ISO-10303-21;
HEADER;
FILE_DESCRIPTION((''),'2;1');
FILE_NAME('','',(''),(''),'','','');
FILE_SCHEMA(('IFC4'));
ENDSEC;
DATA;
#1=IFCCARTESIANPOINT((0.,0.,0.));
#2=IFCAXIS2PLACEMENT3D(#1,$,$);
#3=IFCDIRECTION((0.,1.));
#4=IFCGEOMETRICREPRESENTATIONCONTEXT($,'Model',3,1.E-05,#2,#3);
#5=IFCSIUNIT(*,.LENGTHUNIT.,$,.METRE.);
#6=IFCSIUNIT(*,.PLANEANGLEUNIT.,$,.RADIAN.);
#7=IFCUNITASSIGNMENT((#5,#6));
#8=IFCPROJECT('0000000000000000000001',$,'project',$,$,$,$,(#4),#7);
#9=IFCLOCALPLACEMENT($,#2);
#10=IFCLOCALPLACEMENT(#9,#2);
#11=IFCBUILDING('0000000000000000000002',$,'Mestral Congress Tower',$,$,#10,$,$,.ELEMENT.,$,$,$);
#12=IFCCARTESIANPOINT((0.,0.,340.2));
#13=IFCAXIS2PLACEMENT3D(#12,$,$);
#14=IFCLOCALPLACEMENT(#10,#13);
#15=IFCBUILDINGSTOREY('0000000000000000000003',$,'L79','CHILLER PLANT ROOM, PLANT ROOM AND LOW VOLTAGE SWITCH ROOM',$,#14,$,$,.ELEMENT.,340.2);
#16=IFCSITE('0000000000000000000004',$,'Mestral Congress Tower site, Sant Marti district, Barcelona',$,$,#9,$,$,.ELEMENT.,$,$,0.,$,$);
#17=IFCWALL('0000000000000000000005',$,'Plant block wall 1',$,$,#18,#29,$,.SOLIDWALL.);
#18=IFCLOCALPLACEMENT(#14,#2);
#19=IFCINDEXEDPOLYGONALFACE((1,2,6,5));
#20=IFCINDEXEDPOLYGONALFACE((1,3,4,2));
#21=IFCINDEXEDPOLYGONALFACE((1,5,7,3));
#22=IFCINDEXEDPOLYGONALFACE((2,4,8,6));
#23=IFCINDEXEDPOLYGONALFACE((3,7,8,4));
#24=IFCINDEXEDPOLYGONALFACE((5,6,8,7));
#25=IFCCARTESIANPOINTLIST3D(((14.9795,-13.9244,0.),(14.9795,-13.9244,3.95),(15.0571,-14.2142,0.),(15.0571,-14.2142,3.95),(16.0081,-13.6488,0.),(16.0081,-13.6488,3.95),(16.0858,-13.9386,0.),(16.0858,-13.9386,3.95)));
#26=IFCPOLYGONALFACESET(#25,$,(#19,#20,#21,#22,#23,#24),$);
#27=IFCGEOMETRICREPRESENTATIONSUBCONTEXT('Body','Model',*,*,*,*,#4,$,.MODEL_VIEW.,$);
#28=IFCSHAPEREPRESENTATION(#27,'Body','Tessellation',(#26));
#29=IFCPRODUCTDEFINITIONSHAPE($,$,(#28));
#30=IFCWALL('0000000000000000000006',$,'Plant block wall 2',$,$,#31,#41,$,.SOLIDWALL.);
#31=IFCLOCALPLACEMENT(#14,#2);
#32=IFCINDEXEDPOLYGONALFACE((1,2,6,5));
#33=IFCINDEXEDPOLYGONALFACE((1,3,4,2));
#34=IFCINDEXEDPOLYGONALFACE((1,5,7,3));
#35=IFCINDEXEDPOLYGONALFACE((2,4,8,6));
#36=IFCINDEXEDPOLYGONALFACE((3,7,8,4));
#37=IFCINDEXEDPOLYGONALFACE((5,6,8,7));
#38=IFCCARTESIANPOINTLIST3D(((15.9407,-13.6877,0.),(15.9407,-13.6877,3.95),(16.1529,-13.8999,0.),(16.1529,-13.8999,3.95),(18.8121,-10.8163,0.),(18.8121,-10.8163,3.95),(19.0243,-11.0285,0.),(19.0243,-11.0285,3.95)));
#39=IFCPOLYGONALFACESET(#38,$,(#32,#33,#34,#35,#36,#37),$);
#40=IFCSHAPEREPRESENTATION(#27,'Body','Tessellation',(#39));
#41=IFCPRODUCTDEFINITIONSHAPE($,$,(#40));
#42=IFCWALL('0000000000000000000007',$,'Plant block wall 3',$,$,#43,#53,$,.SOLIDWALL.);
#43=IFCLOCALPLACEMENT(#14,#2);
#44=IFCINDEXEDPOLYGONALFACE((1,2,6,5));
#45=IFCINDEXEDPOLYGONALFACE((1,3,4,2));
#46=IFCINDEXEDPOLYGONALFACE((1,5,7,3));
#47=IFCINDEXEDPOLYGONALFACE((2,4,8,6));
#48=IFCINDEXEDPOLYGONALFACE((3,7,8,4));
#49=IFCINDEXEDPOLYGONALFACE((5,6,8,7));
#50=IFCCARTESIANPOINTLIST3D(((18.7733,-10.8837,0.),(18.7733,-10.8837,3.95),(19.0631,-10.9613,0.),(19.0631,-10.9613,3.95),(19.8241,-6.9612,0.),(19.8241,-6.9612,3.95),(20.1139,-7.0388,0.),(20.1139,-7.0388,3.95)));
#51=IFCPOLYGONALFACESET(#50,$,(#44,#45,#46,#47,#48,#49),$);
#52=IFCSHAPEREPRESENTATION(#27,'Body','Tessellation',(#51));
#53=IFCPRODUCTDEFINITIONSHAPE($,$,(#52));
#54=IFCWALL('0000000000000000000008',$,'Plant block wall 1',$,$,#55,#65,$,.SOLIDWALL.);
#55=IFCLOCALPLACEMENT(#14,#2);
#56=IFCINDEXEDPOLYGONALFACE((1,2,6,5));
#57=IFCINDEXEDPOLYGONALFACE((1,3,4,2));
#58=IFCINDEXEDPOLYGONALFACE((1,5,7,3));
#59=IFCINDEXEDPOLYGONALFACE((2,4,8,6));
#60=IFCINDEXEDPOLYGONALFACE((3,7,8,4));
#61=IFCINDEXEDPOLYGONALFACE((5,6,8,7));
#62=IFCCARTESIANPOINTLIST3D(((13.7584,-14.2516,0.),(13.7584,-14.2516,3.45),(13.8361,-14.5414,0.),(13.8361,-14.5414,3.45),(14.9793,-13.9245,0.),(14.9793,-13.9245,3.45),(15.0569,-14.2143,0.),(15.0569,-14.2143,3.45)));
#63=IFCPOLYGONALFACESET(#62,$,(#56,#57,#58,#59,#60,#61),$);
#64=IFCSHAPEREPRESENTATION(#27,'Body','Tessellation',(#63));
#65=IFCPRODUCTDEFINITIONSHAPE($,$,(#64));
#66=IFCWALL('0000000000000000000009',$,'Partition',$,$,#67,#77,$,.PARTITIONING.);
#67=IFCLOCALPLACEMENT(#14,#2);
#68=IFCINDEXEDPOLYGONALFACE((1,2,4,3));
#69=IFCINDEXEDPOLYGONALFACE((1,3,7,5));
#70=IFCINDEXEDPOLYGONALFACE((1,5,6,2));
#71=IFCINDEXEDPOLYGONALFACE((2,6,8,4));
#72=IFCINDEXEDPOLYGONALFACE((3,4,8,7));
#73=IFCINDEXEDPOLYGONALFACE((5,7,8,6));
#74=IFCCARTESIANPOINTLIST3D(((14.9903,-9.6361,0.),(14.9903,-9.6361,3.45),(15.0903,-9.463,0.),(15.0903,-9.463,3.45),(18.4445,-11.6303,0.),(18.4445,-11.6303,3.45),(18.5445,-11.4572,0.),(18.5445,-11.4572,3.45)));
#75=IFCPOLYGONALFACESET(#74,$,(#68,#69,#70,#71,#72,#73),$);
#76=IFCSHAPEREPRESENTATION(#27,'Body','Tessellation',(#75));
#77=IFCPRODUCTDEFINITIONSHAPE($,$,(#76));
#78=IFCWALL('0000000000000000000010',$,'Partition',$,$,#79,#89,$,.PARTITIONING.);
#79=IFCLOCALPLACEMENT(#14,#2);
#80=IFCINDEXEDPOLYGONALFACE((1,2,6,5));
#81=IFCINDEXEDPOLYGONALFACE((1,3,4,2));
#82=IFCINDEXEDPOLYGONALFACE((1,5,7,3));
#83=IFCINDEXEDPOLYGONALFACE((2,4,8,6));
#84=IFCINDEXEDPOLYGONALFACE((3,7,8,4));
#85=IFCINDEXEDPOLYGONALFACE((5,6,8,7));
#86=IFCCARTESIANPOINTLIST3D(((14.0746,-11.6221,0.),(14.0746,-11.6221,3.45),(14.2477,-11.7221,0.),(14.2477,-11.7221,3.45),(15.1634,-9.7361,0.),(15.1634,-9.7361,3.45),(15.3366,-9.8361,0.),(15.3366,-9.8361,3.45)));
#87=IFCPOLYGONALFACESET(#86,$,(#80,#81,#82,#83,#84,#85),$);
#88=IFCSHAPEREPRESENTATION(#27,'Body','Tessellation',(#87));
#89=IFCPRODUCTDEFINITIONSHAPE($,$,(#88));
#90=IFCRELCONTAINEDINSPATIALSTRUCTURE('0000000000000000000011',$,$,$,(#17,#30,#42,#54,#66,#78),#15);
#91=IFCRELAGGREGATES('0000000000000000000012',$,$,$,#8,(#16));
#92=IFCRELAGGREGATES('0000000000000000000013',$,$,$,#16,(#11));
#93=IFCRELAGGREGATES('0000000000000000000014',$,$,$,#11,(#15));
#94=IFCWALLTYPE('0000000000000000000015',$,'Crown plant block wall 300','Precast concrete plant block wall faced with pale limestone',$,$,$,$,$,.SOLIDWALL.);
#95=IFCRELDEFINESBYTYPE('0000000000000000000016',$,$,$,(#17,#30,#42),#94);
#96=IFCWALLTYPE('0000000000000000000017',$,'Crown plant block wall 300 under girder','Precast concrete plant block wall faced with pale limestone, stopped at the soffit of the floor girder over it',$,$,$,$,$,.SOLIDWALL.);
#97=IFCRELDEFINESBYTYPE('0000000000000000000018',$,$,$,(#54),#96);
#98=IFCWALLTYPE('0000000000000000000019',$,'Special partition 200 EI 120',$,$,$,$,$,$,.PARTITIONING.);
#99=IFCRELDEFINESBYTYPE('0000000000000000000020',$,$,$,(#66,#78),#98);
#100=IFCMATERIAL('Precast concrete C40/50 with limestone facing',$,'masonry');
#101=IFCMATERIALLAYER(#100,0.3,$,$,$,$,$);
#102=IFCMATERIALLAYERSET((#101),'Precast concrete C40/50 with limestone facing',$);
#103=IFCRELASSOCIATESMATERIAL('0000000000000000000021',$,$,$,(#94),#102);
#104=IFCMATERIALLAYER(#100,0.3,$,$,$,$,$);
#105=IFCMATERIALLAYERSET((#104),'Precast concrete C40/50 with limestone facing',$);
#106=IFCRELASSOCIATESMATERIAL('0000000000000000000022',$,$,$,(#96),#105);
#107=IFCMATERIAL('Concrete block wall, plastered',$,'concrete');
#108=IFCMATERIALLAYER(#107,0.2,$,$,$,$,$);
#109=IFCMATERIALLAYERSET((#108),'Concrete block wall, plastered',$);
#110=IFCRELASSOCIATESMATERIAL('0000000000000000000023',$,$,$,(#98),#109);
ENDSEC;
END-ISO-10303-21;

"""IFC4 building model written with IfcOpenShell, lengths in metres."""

from ifc_helpers import new_model, si_unit, direction, frame, frame_2d, origin, place, context, subcontext, project, spatial, rectangle, extrude, material, layer, layer_set, type_object, element, save


model = new_model("IFC4")

# Units and contexts
model_context = context("Model", 3, precision=1e-05, world=origin(), true_north=direction((0.0, 1.0)))
body_context = subcontext(model_context, "Body", "Model", "MODEL_VIEW")
ifc_project = project(units=[si_unit("LENGTHUNIT", "METRE"), si_unit("PLANEANGLEUNIT", "RADIAN")], contexts=[model_context])

# Site, building, storey
site_placement = place(None, origin())
site = spatial("IfcSite", under=ifc_project, at=site_placement, Name="Mestral Congress Tower site, Sant Marti district, Barcelona", CompositionType="ELEMENT", RefElevation=0.0)
building_placement = place(site_placement, origin())
building = spatial("IfcBuilding", under=site, at=building_placement, Name="Mestral Congress Tower", CompositionType="ELEMENT")
storey_placement = place(building_placement, frame((0.0, 0.0, 340.2)))
storey = spatial("IfcBuildingStorey", under=building, at=storey_placement, Name="L79", Description="CHILLER PLANT ROOM, PLANT ROOM AND LOW VOLTAGE SWITCH ROOM", CompositionType="ELEMENT", Elevation=340.2)

# Walls
ifc_material_1 = material(Name="Precast concrete C40/50 with limestone facing", Category="masonry")
ifc_layer_1 = layer(ifc_material_1, 0.3)
ifc_layer_set_1 = layer_set([ifc_layer_1], Name="Precast concrete C40/50 with limestone facing")
wall_type_1 = type_object("IfcWallType", Name="Crown plant block wall 300", Description="Precast concrete plant block wall faced with pale limestone", PredefinedType="SOLIDWALL", material=ifc_layer_set_1)
wall_1_placement = place(storey_placement, frame((15.0183, -14.0693, 0.0), z_axis=(0.0, 0.0, 1.0), x_axis=(0.965918, 0.258847, 0.0)))
element("IfcWall", 1, at=wall_1_placement, inside=storey, type_object=wall_type_1, Name="Plant block wall 1", PredefinedType="SOLIDWALL", context=body_context, shape_type="SweptSolid", body=[
    extrude(rectangle(XDim=1.0649, YDim=0.3, at=frame_2d((0.5325, 0.0))), origin(), (0.0, 0.0, 1.0), 3.95),
])
for number, where, z_axis, x_axis, name in (
    (2, (16.0469, -13.7937, 0.0), (0.0, 0.0, 1.0), (0.707107, 0.707107, 0.0), "Plant block wall 2"),
    (3, (18.9182, -10.9224, 0.0), (0.0, 0.0, 1.0), (0.25877, 0.965939, 0.0), "Plant block wall 3"),
):
    element("IfcWall", number, at=place(storey_placement, frame(where, z_axis=z_axis, x_axis=x_axis)), inside=storey, type_object=wall_type_1, Name=name, PredefinedType="SOLIDWALL", context=body_context, shape_type="SweptSolid", body=[
        extrude(rectangle(XDim=4.0608, YDim=0.3, at=frame_2d((2.0303, 0.0))), origin(), (0.0, 0.0, 1.0), 3.95),
    ])
ifc_layer_2 = layer(ifc_material_1, 0.3)
ifc_layer_set_2 = layer_set([ifc_layer_2], Name="Precast concrete C40/50 with limestone facing")
wall_type_2 = type_object("IfcWallType", Name="Crown plant block wall 300 under girder", Description="Precast concrete plant block wall faced with pale limestone, stopped at the soffit of the floor girder over it", PredefinedType="SOLIDWALL", material=ifc_layer_set_2)
wall_2_placement = place(storey_placement, frame((13.7974, -14.3965, 0.0), z_axis=(0.0, 0.0, 1.0), x_axis=(0.965926, 0.258817, 0.0)))
element("IfcWall", 4, at=wall_2_placement, inside=storey, type_object=wall_type_2, Name="Plant block wall 1", PredefinedType="SOLIDWALL", context=body_context, shape_type="SweptSolid", body=[
    extrude(rectangle(XDim=1.2639, YDim=0.3, at=frame_2d((0.6318, 0.0))), origin(), (0.0, 0.0, 1.0), 3.45),
])
ifc_material_2 = material(Name="Concrete block wall, plastered", Category="concrete")
ifc_layer_3 = layer(ifc_material_2, 0.2)
ifc_layer_set_3 = layer_set([ifc_layer_3], Name="Concrete block wall, plastered")
wall_type_3 = type_object("IfcWallType", Name="Special partition 200 EI 120", PredefinedType="PARTITIONING", material=ifc_layer_set_3)
wall_3_placement = place(storey_placement, frame((18.4944, -11.5437, 0.0), z_axis=(0.0, 0.0, 1.0), x_axis=(-0.866035, 0.499984, 0.0)))
element("IfcWall", 5, at=wall_3_placement, inside=storey, type_object=wall_type_3, Name="Partition", PredefinedType="PARTITIONING", context=body_context, shape_type="SweptSolid", body=[
    extrude(rectangle(XDim=3.9885, YDim=0.2, at=frame_2d((1.9941, 0.0))), origin(), (0.0, 0.0, 1.0), 3.45),
])
wall_4_placement = place(storey_placement, frame((15.25, -9.7861, 0.0), z_axis=(0.0, 0.0, 1.0), x_axis=(-0.499997, -0.866027, 0.0)))
element("IfcWall", 6, at=wall_4_placement, inside=storey, type_object=wall_type_3, Name="Partition", PredefinedType="PARTITIONING", context=body_context, shape_type="SweptSolid", body=[
    extrude(rectangle(XDim=2.1777, YDim=0.2, at=frame_2d((1.0889, 0.0))), origin(), (0.0, 0.0, 1.0), 3.45),
])

save(model, "model.ifc")
